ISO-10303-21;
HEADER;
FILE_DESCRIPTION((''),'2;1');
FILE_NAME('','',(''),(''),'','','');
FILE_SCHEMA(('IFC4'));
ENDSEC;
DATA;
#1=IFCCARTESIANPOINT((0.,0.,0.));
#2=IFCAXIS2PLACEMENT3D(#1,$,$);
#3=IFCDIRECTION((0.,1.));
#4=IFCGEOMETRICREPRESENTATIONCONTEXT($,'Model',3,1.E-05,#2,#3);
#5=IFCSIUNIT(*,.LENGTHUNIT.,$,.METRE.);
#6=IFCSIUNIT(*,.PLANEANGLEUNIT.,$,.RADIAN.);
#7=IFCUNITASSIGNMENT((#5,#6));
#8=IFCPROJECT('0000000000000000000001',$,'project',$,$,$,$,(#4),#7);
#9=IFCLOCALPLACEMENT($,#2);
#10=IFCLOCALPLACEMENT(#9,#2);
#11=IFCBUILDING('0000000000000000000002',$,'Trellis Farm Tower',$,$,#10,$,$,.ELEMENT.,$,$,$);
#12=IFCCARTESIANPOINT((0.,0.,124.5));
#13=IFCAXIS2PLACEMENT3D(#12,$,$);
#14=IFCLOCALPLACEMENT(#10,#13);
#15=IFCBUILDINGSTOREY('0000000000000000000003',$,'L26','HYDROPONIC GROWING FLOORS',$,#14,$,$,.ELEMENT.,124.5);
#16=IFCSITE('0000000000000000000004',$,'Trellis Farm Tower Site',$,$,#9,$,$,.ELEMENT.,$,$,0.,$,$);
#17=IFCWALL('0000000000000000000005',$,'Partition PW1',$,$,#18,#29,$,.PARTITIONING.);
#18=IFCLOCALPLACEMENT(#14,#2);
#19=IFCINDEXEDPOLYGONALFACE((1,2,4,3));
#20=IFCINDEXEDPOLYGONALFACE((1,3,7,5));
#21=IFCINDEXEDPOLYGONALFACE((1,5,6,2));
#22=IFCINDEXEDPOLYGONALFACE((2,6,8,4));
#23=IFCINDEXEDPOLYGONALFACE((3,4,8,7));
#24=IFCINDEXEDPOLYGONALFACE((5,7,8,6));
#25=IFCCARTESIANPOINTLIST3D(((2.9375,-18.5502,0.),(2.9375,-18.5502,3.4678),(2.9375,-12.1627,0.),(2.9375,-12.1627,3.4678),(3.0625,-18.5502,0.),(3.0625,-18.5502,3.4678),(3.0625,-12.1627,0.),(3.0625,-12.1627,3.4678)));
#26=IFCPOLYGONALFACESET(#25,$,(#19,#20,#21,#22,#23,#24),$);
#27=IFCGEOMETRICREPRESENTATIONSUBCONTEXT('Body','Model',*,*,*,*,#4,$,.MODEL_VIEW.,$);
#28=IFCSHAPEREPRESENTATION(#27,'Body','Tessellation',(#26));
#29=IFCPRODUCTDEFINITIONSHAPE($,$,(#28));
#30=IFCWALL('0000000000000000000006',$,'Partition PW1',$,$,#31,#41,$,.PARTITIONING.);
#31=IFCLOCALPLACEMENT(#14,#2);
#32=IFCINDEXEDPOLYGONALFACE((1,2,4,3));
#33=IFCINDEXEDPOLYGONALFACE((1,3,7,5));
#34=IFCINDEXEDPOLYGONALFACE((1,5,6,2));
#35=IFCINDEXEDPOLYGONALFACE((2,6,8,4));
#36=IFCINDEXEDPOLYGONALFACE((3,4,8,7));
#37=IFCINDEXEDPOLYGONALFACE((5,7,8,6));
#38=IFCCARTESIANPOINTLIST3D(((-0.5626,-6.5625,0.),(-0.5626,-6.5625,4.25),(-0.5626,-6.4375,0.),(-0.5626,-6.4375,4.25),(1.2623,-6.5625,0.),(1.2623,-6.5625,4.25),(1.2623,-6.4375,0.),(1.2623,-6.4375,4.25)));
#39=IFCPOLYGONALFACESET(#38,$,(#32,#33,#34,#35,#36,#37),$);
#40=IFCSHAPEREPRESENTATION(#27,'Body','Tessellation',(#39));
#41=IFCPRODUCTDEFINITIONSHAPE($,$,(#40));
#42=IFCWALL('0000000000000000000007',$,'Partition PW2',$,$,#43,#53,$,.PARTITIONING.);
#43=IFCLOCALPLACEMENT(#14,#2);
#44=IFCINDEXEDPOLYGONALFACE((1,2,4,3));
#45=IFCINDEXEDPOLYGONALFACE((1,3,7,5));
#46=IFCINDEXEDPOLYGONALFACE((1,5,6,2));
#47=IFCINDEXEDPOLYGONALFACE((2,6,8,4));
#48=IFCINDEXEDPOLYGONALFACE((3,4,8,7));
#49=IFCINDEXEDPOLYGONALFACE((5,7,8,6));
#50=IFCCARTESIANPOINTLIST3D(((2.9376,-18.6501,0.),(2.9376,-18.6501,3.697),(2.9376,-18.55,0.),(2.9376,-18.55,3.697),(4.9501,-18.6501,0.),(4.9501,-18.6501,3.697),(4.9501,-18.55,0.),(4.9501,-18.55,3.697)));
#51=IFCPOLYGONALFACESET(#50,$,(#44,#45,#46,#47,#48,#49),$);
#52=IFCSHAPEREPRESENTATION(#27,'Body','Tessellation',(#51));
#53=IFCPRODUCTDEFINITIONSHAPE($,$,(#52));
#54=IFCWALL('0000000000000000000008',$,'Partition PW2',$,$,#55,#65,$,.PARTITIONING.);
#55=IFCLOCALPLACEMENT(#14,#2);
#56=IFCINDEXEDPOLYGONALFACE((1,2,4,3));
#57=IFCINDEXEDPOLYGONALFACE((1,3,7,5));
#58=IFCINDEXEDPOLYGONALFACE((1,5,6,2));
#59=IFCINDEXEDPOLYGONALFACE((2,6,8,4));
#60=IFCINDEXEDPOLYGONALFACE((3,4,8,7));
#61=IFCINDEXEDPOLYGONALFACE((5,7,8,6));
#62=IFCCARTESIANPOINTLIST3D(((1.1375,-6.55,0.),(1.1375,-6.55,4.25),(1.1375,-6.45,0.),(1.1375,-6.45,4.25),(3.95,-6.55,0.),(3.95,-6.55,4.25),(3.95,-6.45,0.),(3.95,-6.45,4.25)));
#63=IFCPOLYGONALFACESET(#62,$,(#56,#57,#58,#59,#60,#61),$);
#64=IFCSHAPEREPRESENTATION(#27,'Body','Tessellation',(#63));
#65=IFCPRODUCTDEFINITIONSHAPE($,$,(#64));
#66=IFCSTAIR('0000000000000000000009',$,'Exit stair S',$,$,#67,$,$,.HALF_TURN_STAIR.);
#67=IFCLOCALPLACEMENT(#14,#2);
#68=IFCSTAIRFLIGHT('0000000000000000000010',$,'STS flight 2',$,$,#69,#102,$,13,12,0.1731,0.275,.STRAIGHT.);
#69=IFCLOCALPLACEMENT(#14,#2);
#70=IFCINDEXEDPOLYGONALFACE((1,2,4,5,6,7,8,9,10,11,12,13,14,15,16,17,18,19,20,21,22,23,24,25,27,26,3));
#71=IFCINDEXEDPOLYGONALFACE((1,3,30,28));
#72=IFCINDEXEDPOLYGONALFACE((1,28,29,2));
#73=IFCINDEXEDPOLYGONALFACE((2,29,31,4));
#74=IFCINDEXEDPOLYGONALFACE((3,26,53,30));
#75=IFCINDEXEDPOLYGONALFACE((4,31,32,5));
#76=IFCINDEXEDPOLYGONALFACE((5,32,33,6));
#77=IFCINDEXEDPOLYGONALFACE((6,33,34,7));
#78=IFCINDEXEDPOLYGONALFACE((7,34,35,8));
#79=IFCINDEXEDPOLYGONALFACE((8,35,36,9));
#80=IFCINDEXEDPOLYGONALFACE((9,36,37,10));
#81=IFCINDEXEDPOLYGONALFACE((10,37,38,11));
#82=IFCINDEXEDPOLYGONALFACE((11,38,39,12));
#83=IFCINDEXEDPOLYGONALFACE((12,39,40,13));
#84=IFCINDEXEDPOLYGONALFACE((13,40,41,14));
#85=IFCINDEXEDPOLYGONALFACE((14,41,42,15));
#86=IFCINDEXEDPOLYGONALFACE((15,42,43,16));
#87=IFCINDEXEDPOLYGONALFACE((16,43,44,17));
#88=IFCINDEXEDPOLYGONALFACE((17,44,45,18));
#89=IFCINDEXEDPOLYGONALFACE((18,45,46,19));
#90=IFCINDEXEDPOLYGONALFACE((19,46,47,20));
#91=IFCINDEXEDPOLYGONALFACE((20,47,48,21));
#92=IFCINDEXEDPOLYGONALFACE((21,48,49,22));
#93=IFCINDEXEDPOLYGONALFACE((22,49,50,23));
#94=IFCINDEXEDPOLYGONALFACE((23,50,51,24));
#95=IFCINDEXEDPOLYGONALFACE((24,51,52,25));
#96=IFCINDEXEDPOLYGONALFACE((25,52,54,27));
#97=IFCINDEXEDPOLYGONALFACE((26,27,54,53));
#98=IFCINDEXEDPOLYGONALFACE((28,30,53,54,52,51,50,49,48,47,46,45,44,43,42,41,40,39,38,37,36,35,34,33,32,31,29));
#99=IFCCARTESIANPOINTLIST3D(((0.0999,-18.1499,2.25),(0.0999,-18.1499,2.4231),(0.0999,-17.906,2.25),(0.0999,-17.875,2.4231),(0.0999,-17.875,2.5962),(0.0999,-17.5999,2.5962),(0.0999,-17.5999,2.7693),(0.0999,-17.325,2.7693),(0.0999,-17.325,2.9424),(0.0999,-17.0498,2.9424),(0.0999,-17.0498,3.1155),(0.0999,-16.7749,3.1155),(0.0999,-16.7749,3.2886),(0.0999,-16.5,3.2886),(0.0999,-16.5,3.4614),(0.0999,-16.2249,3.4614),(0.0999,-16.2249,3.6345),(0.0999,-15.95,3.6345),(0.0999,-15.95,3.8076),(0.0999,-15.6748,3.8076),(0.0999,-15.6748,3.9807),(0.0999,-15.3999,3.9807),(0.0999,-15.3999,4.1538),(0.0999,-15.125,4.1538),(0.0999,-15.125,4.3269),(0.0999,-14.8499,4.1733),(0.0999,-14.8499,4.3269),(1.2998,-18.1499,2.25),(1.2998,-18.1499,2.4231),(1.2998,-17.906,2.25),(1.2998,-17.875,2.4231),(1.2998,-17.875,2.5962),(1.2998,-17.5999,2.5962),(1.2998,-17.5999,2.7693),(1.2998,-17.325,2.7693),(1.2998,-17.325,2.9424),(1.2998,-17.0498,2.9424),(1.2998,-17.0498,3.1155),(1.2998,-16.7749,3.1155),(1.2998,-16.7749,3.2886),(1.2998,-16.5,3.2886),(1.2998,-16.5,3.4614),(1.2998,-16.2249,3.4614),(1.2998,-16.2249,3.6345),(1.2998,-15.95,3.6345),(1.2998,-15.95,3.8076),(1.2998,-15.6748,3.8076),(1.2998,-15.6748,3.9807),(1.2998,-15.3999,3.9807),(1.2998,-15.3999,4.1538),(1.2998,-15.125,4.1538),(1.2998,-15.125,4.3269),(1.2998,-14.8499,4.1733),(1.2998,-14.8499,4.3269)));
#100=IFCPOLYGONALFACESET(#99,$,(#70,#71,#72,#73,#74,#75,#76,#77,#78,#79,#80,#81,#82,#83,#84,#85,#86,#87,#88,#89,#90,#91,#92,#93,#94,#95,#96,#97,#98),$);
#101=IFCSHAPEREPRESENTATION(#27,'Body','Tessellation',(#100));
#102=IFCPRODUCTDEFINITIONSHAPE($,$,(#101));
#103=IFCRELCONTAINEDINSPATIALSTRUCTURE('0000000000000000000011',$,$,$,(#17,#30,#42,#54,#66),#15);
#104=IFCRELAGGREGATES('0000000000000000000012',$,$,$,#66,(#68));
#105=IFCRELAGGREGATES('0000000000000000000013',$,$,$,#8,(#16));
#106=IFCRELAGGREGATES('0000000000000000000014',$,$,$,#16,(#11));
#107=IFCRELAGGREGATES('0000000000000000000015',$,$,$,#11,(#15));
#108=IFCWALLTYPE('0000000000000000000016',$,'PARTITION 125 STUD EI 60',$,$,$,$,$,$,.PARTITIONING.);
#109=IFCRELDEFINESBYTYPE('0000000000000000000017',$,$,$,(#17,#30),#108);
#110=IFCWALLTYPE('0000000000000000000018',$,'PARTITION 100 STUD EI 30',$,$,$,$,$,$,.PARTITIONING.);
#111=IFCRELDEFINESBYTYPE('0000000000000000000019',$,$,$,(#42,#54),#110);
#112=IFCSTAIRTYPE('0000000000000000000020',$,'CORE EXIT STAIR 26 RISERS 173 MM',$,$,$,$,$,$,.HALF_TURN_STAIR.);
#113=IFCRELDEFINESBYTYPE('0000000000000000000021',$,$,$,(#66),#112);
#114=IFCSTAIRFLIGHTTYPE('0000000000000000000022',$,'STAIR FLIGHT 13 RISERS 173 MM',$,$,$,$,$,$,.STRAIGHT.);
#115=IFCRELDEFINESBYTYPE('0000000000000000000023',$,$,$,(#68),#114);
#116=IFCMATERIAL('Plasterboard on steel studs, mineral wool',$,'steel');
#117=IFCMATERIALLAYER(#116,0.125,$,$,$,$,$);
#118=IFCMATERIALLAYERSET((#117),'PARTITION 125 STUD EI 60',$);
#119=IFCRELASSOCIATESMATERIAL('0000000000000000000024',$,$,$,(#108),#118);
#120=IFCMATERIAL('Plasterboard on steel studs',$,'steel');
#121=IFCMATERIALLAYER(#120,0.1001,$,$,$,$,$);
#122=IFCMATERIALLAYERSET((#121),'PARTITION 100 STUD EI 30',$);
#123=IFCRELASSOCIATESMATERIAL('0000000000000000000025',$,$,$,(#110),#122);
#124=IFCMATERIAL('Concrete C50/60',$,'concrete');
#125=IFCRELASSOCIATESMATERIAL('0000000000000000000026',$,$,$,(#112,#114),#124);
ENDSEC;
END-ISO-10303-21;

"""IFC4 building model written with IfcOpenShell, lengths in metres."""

from ifc_helpers import new_model, si_unit, direction, frame, frame_2d, origin, place, context, subcontext, project, spatial, polyline, rectangle, outline, extrude, source, transform, mapped, material, layer, layer_set, type_object, element, aggregate, save


model = new_model("IFC4")

# Units and contexts
model_context = context("Model", 3, precision=1e-05, world=origin(), true_north=direction((0.0, 1.0)))
body_context = subcontext(model_context, "Body", "Model", "MODEL_VIEW")
ifc_project = project(units=[si_unit("LENGTHUNIT", "METRE"), si_unit("PLANEANGLEUNIT", "RADIAN")], contexts=[model_context])

# Site, building, storey
site_placement = place(None, origin())
site = spatial("IfcSite", under=ifc_project, at=site_placement, Name="Trellis Farm Tower Site", CompositionType="ELEMENT", RefElevation=0.0)
building_placement = place(site_placement, origin())
building = spatial("IfcBuilding", under=site, at=building_placement, Name="Trellis Farm Tower", CompositionType="ELEMENT")
storey_placement = place(building_placement, frame((0.0, 0.0, 124.5)))
storey = spatial("IfcBuildingStorey", under=building, at=storey_placement, Name="L26", Description="HYDROPONIC GROWING FLOORS", CompositionType="ELEMENT", Elevation=124.5)

# Shared definitions
placement = place(storey_placement, origin())

# Shared definitions
ifc_material_1 = material(Name="Plasterboard on steel studs, mineral wool", Category="steel")
ifc_layer_1 = layer(ifc_material_1, 0.125)
ifc_layer_set_1 = layer_set([ifc_layer_1], Name="PARTITION 125 STUD EI 60")
wall_type_1 = type_object("IfcWallType", Name="PARTITION 125 STUD EI 60", PredefinedType="PARTITIONING", material=ifc_layer_set_1)

# Walls
shared_shape_1 = source(origin(), body_context, "Body", "SweptSolid", [
    extrude(rectangle(XDim=6.3875, YDim=0.125, at=frame_2d((3.1938, 0.0))), origin(), (0.0, 0.0, 1.0), 3.4678),
])
wall_1_placement = place(storey_placement, frame((3.0, -12.1626, 0.0), z_axis=(0.0, 0.0, 1.0), x_axis=(0.0, -1.0, 0.0)))
element("IfcWall", 1, at=wall_1_placement, inside=storey, type_object=wall_type_1, Name="Partition PW1", PredefinedType="PARTITIONING", context=body_context, shape_type="MappedRepresentation", body=[
    mapped(shared_shape_1, transform((0.0, 0.0, 0.0))),
])
shared_shape_2 = source(origin(), body_context, "Body", "SweptSolid", [
    extrude(rectangle(XDim=1.825, YDim=0.125, at=frame_2d((0.9126, 0.0))), origin(), (0.0, 0.0, 1.0), 4.25),
])
wall_2_placement = place(storey_placement, frame((1.2625, -6.5, 0.0), z_axis=(0.0, 0.0, 1.0), x_axis=(-1.0, 0.0, 0.0)))
element("IfcWall", 2, at=wall_2_placement, inside=storey, type_object=wall_type_1, Name="Partition PW1", PredefinedType="PARTITIONING", context=body_context, shape_type="MappedRepresentation", body=[
    mapped(shared_shape_2, transform((0.0, 0.0, 0.0))),
])
ifc_material_2 = material(Name="Plasterboard on steel studs", Category="steel")
ifc_layer_2 = layer(ifc_material_2, 0.1001)
ifc_layer_set_2 = layer_set([ifc_layer_2], Name="PARTITION 100 STUD EI 30")
wall_type_2 = type_object("IfcWallType", Name="PARTITION 100 STUD EI 30", PredefinedType="PARTITIONING", material=ifc_layer_set_2)
shared_shape_3 = source(origin(), body_context, "Body", "SweptSolid", [
    extrude(rectangle(XDim=2.0125, YDim=0.1001, at=frame_2d((1.0063, 0.0))), origin(), (0.0, 0.0, 1.0), 3.697),
])
wall_3_placement = place(storey_placement, frame((2.9375, -18.6001, 0.0), z_axis=(0.0, 0.0, 1.0), x_axis=(1.0, 0.0, 0.0)))
element("IfcWall", 3, at=wall_3_placement, inside=storey, type_object=wall_type_2, Name="Partition PW2", PredefinedType="PARTITIONING", context=body_context, shape_type="MappedRepresentation", body=[
    mapped(shared_shape_3, transform((0.0, 0.0, 0.0))),
])
shared_shape_4 = source(origin(), body_context, "Body", "SweptSolid", [
    extrude(rectangle(XDim=2.8125, YDim=0.1001, at=frame_2d((1.4062, 0.0))), origin(), (0.0, 0.0, 1.0), 4.25),
])
wall_4_placement = place(storey_placement, frame((1.1375, -6.5, 0.0), z_axis=(0.0, 0.0, 1.0), x_axis=(1.0, 0.0, 0.0)))
element("IfcWall", 4, at=wall_4_placement, inside=storey, type_object=wall_type_2, Name="Partition PW2", PredefinedType="PARTITIONING", context=body_context, shape_type="MappedRepresentation", body=[
    mapped(shared_shape_4, transform((0.0, 0.0, 0.0))),
])

# Stair, stair flight
ifc_material_3 = material(Name="Concrete C50/60", Category="concrete")
stair_type = type_object("IfcStairType", Name="CORE EXIT STAIR 26 RISERS 173 MM", PredefinedType="HALF_TURN_STAIR", material=ifc_material_3)
stair = element("IfcStair", 5, at=placement, inside=storey, type_object=stair_type, Name="Exit stair S", PredefinedType="HALF_TURN_STAIR")
stair_flight_type = type_object("IfcStairFlightType", Name="STAIR FLIGHT 13 RISERS 173 MM", PredefinedType="STRAIGHT", material=ifc_material_3)
shared_shape_5 = source(origin(), body_context, "Body", "SweptSolid", [
    extrude(outline(polyline([(0.0, 0.0), (0.0, 0.1731), (0.2749, 0.1731), (0.2749, 0.3462), (0.55, 0.3462), (0.55, 0.5193), (0.825, 0.5193), (0.825, 0.6924), (1.1001, 0.6924), (1.1001, 0.8655), (1.375, 0.8655), (1.375, 1.0386), (1.6499, 1.0386), (1.6499, 1.2114), (1.925, 1.2114), (1.925, 1.3845), (2.2, 1.3845), (2.2, 1.5576), (2.4751, 1.5576), (2.4751, 1.7307), (2.75, 1.7307), (2.75, 1.9038), (3.0249, 1.9038), (3.0249, 2.0769), (3.3, 2.0769), (3.3, 2.25), (3.3, 1.9233), (0.2439, 0.0), (0.0, 0.0)])), frame((0.0, 0.6001, 0.0), z_axis=(0.0, -1.0, 0.0), x_axis=(1.0, 0.0, 0.0)), (0.0, 0.0, 1.0), 1.2),
])
stair_flight_placement = place(storey_placement, frame((0.7, -18.1499, 2.25), z_axis=(0.0, 0.0, 1.0), x_axis=(0.0, 1.0, 0.0)))
stair_flight = element("IfcStairFlight", 6, at=stair_flight_placement, type_object=stair_flight_type, Name="STS flight 2", NumberOfRisers=13, NumberOfTreads=12, PredefinedType="STRAIGHT", RiserHeight=0.1731, TreadLength=0.275, context=body_context, shape_type="MappedRepresentation", body=[
    mapped(shared_shape_5, transform((0.0, 0.0, 0.0))),
])
aggregate(stair, [stair_flight])

save(model, "model.ifc")
